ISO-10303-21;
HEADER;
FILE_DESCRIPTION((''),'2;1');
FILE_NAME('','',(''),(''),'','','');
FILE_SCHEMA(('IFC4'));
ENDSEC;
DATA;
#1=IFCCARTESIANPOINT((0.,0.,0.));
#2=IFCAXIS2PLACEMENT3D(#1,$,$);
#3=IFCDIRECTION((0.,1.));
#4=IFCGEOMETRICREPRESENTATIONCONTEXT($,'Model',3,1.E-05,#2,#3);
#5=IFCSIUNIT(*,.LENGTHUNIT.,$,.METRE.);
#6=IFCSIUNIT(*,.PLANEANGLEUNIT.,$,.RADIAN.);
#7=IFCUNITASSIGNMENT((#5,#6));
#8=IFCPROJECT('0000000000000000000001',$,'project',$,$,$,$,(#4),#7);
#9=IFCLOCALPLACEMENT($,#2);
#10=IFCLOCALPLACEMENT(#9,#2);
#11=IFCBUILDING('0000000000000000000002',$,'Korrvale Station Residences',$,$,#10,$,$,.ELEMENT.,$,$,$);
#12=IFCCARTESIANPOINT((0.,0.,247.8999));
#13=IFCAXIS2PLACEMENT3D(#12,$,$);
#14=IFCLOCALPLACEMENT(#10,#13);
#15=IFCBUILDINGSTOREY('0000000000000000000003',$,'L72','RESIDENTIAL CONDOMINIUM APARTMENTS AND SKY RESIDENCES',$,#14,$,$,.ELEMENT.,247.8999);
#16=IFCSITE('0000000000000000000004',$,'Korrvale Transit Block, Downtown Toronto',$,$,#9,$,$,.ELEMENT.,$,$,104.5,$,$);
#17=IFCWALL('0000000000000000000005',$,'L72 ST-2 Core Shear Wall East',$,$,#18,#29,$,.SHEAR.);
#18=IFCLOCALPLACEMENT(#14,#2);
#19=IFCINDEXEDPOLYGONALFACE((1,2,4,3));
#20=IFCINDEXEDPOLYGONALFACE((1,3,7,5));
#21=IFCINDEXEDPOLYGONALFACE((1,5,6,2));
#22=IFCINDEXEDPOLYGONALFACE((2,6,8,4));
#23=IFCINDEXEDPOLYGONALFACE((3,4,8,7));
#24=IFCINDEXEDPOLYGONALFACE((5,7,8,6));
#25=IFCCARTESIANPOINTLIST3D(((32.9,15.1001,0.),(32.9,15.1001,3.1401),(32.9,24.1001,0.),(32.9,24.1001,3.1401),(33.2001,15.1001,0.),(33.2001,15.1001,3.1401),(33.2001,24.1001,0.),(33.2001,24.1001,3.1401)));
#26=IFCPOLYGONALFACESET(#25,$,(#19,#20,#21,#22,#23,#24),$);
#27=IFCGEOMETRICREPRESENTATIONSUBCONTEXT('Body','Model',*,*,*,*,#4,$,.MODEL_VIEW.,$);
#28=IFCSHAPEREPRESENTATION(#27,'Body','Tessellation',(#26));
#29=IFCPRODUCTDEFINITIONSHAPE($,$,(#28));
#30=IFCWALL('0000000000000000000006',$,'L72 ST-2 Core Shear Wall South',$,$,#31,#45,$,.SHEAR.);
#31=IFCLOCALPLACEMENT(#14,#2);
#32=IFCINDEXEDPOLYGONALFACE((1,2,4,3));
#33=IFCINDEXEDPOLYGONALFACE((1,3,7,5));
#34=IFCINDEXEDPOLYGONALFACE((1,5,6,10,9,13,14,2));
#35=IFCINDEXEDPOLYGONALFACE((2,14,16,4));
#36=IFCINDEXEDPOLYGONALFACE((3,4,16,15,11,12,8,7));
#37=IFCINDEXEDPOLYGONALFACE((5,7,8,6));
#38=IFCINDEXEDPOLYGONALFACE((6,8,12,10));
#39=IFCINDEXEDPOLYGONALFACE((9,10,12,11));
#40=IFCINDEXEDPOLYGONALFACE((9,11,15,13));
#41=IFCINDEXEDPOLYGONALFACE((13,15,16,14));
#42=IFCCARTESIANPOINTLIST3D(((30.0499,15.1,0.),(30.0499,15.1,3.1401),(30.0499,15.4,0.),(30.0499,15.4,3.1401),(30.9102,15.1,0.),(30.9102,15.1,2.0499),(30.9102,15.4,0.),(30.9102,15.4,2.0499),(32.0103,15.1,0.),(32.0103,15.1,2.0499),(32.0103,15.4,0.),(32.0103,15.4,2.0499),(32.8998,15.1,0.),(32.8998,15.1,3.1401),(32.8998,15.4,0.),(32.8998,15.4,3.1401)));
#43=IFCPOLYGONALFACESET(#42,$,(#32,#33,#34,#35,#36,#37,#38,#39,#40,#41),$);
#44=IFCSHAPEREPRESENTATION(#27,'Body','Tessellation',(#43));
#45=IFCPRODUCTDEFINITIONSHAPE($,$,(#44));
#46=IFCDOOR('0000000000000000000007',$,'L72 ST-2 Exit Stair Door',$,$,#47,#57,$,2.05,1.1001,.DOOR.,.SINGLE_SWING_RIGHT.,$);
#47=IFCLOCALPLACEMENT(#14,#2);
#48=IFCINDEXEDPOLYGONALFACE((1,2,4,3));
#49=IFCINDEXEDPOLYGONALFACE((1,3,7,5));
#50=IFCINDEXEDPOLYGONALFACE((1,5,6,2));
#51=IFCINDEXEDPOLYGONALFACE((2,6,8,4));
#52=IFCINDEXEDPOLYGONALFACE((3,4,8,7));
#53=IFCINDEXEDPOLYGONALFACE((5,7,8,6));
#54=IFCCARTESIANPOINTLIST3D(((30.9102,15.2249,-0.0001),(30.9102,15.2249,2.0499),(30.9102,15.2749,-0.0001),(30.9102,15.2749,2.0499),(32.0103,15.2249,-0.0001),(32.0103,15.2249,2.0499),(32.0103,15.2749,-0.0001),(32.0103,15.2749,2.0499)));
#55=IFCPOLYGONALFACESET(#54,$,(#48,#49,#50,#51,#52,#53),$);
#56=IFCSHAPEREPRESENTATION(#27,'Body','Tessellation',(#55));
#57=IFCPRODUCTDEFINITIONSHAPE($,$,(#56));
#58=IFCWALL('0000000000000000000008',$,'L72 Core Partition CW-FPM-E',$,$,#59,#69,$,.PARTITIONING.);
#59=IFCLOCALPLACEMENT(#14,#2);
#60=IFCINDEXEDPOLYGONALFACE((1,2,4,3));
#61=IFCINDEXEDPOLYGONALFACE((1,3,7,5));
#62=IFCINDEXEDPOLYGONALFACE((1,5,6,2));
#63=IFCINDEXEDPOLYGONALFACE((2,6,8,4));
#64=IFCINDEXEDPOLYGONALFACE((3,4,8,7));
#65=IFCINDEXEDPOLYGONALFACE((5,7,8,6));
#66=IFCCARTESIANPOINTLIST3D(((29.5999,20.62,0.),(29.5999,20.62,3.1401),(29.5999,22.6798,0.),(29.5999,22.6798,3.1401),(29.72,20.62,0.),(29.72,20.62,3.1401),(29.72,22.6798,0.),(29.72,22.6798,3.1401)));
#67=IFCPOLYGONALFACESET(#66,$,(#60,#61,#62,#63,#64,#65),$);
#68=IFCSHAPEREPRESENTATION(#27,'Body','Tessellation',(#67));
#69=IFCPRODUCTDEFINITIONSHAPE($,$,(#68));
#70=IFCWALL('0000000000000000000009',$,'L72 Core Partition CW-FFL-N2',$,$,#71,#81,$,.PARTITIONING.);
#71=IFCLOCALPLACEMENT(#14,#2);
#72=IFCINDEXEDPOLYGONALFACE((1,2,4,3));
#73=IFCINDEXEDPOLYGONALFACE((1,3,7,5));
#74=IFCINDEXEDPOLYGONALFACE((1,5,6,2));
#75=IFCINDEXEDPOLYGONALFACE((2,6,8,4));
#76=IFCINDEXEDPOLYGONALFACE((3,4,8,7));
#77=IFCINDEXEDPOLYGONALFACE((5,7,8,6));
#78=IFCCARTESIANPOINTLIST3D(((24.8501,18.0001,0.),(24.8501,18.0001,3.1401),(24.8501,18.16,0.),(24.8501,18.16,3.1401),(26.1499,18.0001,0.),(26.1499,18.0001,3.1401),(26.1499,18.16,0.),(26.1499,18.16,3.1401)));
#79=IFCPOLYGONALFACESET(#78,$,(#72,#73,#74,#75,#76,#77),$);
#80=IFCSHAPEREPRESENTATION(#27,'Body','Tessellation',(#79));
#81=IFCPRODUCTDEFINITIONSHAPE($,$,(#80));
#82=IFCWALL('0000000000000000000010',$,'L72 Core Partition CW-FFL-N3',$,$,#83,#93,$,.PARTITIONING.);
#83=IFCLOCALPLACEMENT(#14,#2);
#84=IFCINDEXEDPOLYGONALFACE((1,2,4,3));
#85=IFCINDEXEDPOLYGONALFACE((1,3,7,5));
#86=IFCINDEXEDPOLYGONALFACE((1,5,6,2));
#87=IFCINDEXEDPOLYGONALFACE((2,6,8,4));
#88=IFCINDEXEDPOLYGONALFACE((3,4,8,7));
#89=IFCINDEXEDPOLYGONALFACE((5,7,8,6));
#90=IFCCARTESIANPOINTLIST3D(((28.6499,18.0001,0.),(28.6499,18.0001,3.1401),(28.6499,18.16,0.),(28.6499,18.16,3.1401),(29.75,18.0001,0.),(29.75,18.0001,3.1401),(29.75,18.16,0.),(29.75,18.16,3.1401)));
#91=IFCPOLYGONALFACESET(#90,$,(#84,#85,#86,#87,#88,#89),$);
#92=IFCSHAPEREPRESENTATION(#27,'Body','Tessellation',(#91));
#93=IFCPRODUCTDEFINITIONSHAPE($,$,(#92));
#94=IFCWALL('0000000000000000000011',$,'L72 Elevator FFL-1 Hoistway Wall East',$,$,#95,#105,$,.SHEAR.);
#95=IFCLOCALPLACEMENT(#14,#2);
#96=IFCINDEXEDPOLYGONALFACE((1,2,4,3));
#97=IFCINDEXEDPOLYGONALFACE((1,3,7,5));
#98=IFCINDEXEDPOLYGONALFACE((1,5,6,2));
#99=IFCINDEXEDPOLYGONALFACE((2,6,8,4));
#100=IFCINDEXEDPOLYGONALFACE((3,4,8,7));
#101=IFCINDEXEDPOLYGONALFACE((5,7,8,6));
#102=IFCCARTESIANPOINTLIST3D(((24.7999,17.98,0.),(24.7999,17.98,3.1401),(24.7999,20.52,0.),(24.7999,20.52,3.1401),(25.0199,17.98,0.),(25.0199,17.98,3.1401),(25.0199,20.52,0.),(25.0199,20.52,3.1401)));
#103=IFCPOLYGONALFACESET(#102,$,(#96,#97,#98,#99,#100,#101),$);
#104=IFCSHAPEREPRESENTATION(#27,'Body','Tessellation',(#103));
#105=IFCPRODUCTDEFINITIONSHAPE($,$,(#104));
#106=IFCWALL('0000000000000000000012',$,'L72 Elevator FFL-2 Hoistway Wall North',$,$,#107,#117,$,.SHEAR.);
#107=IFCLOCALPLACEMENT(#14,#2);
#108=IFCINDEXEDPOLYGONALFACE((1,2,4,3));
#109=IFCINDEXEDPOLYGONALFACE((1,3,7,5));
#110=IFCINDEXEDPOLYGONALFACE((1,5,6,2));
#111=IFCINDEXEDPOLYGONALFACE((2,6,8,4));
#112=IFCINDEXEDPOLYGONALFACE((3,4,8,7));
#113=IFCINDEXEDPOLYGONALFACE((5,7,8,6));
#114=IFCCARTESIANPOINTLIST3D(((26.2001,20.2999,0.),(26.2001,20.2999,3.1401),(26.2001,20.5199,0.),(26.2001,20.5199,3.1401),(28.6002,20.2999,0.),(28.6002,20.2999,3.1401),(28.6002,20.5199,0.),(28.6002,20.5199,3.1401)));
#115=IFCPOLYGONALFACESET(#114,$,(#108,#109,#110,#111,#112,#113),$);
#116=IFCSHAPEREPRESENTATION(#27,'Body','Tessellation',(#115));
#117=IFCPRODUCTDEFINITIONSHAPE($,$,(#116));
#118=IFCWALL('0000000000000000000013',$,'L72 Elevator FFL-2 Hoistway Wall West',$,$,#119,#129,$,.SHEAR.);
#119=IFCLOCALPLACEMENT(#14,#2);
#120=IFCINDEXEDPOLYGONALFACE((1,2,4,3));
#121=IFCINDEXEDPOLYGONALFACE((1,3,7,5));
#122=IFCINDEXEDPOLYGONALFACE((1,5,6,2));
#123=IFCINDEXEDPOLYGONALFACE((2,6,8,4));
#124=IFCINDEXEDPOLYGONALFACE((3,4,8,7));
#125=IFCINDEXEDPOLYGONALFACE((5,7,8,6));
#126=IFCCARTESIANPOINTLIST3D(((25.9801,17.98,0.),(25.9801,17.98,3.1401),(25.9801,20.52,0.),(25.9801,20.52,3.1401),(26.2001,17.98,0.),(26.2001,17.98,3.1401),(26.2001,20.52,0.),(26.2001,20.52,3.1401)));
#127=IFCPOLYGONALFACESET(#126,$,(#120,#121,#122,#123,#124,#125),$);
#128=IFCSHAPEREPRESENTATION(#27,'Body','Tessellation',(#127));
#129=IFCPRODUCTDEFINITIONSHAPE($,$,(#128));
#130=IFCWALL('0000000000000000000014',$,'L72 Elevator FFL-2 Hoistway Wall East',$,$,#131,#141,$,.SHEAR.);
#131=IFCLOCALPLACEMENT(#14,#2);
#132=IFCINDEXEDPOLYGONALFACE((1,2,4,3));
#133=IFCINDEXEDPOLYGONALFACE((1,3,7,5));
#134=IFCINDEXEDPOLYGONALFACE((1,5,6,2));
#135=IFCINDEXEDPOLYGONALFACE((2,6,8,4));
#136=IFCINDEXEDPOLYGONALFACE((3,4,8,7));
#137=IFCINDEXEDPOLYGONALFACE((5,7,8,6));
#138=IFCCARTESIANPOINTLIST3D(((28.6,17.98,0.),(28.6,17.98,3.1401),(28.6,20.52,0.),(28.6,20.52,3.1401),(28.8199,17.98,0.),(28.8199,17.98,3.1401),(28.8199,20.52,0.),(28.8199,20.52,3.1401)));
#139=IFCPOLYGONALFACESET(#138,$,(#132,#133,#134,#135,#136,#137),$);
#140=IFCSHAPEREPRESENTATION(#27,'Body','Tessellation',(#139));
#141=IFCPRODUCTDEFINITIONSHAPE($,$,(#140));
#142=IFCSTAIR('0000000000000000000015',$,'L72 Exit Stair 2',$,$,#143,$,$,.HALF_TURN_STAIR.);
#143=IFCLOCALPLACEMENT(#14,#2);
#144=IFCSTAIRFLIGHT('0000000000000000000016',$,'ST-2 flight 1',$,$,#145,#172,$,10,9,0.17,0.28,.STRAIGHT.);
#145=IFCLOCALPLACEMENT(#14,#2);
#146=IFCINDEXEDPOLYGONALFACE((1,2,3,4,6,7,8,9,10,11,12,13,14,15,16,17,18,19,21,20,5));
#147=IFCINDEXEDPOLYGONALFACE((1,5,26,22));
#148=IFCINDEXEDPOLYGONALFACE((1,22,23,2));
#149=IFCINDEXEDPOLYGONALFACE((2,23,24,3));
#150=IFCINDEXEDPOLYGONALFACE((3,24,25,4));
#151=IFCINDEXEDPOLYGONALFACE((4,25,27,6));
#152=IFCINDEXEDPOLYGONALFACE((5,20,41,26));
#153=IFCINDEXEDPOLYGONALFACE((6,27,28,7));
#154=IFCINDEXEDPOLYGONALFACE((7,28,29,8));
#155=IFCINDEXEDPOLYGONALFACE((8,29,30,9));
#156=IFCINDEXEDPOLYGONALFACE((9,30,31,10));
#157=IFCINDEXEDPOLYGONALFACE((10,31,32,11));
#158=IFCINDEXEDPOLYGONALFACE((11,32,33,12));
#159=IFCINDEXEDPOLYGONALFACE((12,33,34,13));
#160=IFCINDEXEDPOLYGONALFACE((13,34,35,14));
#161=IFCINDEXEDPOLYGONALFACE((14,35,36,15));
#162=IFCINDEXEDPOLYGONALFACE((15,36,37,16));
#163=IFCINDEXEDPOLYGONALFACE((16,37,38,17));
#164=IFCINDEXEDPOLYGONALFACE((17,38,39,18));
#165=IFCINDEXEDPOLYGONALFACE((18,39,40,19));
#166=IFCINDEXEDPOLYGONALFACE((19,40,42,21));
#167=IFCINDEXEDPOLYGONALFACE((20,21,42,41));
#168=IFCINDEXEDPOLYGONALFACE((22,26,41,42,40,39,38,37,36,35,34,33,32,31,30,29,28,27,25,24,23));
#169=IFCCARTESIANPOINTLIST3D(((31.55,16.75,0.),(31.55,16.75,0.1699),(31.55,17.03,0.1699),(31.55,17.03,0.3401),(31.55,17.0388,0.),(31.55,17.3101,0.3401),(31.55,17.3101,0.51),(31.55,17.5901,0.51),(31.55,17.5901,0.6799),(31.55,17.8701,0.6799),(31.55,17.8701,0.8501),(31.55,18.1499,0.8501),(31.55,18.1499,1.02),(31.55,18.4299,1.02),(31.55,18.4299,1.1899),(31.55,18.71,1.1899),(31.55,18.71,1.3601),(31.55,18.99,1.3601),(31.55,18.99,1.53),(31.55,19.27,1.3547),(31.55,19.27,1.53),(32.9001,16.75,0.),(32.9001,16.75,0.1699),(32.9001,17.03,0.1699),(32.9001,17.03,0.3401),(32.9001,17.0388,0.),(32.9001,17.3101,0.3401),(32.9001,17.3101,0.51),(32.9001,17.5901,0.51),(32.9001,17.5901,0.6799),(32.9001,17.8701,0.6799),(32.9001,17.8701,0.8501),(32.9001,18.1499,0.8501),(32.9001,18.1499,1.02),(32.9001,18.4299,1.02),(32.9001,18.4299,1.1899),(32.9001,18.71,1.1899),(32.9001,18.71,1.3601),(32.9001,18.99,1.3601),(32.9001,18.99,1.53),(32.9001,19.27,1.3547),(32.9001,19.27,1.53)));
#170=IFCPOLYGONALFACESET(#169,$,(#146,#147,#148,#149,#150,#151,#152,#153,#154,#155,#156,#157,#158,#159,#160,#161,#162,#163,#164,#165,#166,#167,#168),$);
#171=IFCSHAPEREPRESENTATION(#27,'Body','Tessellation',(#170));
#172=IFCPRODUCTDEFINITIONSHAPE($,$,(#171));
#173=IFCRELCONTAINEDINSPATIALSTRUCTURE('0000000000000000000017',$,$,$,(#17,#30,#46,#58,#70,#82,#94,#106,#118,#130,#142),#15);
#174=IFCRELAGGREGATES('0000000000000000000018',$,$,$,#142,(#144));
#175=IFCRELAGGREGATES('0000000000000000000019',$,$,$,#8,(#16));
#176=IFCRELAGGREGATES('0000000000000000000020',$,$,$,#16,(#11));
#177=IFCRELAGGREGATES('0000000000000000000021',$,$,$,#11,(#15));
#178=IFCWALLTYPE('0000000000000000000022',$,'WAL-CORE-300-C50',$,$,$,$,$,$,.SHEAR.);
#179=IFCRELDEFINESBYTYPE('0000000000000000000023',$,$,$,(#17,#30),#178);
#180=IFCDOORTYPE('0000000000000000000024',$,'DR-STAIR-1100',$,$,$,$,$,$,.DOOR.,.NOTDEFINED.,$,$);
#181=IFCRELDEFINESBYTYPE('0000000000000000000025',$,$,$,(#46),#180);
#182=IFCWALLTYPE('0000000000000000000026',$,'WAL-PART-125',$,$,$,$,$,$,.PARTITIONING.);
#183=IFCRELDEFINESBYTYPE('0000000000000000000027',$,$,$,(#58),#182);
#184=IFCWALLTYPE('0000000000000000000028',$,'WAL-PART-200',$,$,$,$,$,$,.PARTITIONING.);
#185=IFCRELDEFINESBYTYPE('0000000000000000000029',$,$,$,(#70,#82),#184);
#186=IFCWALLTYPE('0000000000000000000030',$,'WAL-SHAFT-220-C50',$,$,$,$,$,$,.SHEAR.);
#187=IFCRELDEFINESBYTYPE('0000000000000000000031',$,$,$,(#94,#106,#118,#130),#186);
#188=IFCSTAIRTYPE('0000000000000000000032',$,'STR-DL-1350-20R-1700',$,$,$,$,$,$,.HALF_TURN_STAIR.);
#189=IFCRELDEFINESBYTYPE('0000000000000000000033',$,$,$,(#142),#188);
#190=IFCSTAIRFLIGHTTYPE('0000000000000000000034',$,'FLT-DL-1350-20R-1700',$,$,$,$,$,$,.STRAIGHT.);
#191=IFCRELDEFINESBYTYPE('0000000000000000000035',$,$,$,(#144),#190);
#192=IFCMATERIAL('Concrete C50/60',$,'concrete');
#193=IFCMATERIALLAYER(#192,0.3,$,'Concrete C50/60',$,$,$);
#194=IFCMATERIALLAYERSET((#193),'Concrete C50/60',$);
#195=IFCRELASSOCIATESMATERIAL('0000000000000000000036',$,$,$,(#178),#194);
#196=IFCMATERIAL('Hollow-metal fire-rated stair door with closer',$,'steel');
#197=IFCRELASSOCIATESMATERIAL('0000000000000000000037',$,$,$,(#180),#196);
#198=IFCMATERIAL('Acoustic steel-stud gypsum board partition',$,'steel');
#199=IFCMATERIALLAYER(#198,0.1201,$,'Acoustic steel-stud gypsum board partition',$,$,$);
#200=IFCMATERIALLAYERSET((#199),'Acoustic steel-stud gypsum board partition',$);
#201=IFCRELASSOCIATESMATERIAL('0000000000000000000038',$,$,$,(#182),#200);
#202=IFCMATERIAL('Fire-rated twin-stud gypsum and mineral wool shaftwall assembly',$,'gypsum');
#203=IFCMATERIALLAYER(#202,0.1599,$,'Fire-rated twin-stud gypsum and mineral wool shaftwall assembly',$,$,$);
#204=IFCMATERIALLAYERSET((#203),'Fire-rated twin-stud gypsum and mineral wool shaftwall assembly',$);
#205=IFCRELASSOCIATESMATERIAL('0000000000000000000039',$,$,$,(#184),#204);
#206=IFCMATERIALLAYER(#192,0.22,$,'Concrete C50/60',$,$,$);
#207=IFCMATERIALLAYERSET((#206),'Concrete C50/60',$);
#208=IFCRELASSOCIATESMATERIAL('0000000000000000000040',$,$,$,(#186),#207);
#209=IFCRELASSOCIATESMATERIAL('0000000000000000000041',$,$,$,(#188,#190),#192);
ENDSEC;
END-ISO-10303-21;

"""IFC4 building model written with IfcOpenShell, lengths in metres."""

from ifc_helpers import new_model, si_unit, direction, frame, frame_2d, origin, place, context, subcontext, project, spatial, polyline, rectangle, outline, extrude, material, layer, layer_set, type_object, element, fill, aggregate, save


model = new_model("IFC4")

# Units and contexts
model_context = context("Model", 3, precision=1e-05, world=origin(), true_north=direction((0.0, 1.0)))
body_context = subcontext(model_context, "Body", "Model", "MODEL_VIEW")
ifc_project = project(units=[si_unit("LENGTHUNIT", "METRE"), si_unit("PLANEANGLEUNIT", "RADIAN")], contexts=[model_context])

# Site, building, storey
site_placement = place(None, origin())
site = spatial("IfcSite", under=ifc_project, at=site_placement, Name="Korrvale Transit Block, Downtown Toronto", CompositionType="ELEMENT", RefElevation=104.5)
building_placement = place(site_placement, origin())
building = spatial("IfcBuilding", under=site, at=building_placement, Name="Korrvale Station Residences", CompositionType="ELEMENT")
storey_placement = place(building_placement, frame((0.0, 0.0, 247.8999)))
storey = spatial("IfcBuildingStorey", under=building, at=storey_placement, Name="L72", Description="RESIDENTIAL CONDOMINIUM APARTMENTS AND SKY RESIDENCES", CompositionType="ELEMENT", Elevation=247.8999)

# Wall
ifc_material_1 = material(Name="Concrete C50/60", Category="concrete")
ifc_layer_1 = layer(ifc_material_1, 0.3, Name="Concrete C50/60")
ifc_layer_set_1 = layer_set([ifc_layer_1], Name="Concrete C50/60")
wall_type_1 = type_object("IfcWallType", Name="WAL-CORE-300-C50", PredefinedType="SHEAR", material=ifc_layer_set_1)
wall_1_placement = place(storey_placement, frame((33.05, 15.1001, 0.0), z_axis=(0.0, 0.0, 1.0), x_axis=(0.0, 1.0, 0.0)))
element("IfcWall", 1, at=wall_1_placement, inside=storey, type_object=wall_type_1, Name="L72 ST-2 Core Shear Wall East", PredefinedType="SHEAR", context=body_context, shape_type="SweptSolid", body=[
    extrude(rectangle(XDim=9.0, YDim=0.3, at=frame_2d((4.5, 0.0))), origin(), (0.0, 0.0, 1.0), 3.1401),
])

# Wall, opening, door
wall_2_placement = place(storey_placement, frame((30.05, 15.25, 0.0), z_axis=(0.0, 0.0, 1.0), x_axis=(1.0, 0.0, 0.0)))
wall_2 = element("IfcWall", 2, at=wall_2_placement, inside=storey, type_object=wall_type_1, Name="L72 ST-2 Core Shear Wall South", PredefinedType="SHEAR", context=body_context, shape_type="SweptSolid", body=[
    extrude(rectangle(XDim=2.8499, YDim=0.3, at=frame_2d((1.4248, 0.0))), origin(), (0.0, 0.0, 1.0), 3.1401),
])
opening_1_placement = place(wall_2_placement, frame((0.8601, 0.0, 0.0)))
opening_1 = element("IfcOpeningElement", 3, at=opening_1_placement, cuts=wall_2, PredefinedType="OPENING", context=body_context, shape_type="SweptSolid", body=[
    extrude(rectangle(XDim=1.1001, YDim=2.05, at=frame_2d((0.55, 1.0249))), frame((0.0, 0.1602, 0.0), z_axis=(0.0, -1.0, 0.0), x_axis=(1.0, 0.0, 0.0)), (0.0, 0.0, 1.0), 0.3201),
])
ifc_material_2 = material(Name="Hollow-metal fire-rated stair door with closer", Category="steel")
door_type_1 = type_object("IfcDoorType", Name="DR-STAIR-1100", OperationType="NOTDEFINED", PredefinedType="DOOR", material=ifc_material_2)
door_1_placement = place(opening_1_placement, origin())
door_1 = element("IfcDoor", 4, at=door_1_placement, inside=storey, type_object=door_type_1, Name="L72 ST-2 Exit Stair Door", OperationType="SINGLE_SWING_RIGHT", OverallHeight=2.05, OverallWidth=1.1001, PredefinedType="DOOR", context=body_context, shape_type="SweptSolid", body=[
    extrude(rectangle(XDim=1.1001, YDim=2.05, at=frame_2d((0.55, 1.0249))), frame((0.0, 0.0249, 0.0), z_axis=(0.0, -1.0, 0.0), x_axis=(1.0, 0.0, 0.0)), (0.0, 0.0, 1.0), 0.05),
])
fill(opening_1, door_1)

# Walls
ifc_material_3 = material(Name="Acoustic steel-stud gypsum board partition", Category="steel")
ifc_layer_2 = layer(ifc_material_3, 0.1201, Name="Acoustic steel-stud gypsum board partition")
ifc_layer_set_2 = layer_set([ifc_layer_2], Name="Acoustic steel-stud gypsum board partition")
wall_type_2 = type_object("IfcWallType", Name="WAL-PART-125", PredefinedType="PARTITIONING", material=ifc_layer_set_2)
wall_3_placement = place(storey_placement, frame((29.6599, 20.6201, 0.0), z_axis=(0.0, 0.0, 1.0), x_axis=(0.0, 1.0, 0.0)))
element("IfcWall", 5, at=wall_3_placement, inside=storey, type_object=wall_type_2, Name="L72 Core Partition CW-FPM-E", PredefinedType="PARTITIONING", context=body_context, shape_type="SweptSolid", body=[
    extrude(rectangle(XDim=2.0598, YDim=0.1201, at=frame_2d((1.0298, 0.0))), origin(), (0.0, 0.0, 1.0), 3.1401),
])
ifc_material_4 = material(Name="Fire-rated twin-stud gypsum and mineral wool shaftwall assembly", Category="gypsum")
ifc_layer_3 = layer(ifc_material_4, 0.1599, Name="Fire-rated twin-stud gypsum and mineral wool shaftwall assembly")
ifc_layer_set_3 = layer_set([ifc_layer_3], Name="Fire-rated twin-stud gypsum and mineral wool shaftwall assembly")
wall_type_3 = type_object("IfcWallType", Name="WAL-PART-200", PredefinedType="PARTITIONING", material=ifc_layer_set_3)
wall_4_placement = place(storey_placement, frame((24.8501, 18.0801, 0.0), z_axis=(0.0, 0.0, 1.0), x_axis=(1.0, 0.0, 0.0)))
element("IfcWall", 6, at=wall_4_placement, inside=storey, type_object=wall_type_3, Name="L72 Core Partition CW-FFL-N2", PredefinedType="PARTITIONING", context=body_context, shape_type="SweptSolid", body=[
    extrude(rectangle(XDim=1.2998, YDim=0.1599, at=frame_2d((0.6499, 0.0))), origin(), (0.0, 0.0, 1.0), 3.1401),
])
wall_5_placement = place(storey_placement, frame((28.6499, 18.0801, 0.0), z_axis=(0.0, 0.0, 1.0), x_axis=(1.0, 0.0, 0.0)))
element("IfcWall", 7, at=wall_5_placement, inside=storey, type_object=wall_type_3, Name="L72 Core Partition CW-FFL-N3", PredefinedType="PARTITIONING", context=body_context, shape_type="SweptSolid", body=[
    extrude(rectangle(XDim=1.1001, YDim=0.1599, at=frame_2d((0.55, 0.0))), origin(), (0.0, 0.0, 1.0), 3.1401),
])
ifc_layer_4 = layer(ifc_material_1, 0.22, Name="Concrete C50/60")
ifc_layer_set_4 = layer_set([ifc_layer_4], Name="Concrete C50/60")
wall_type_4 = type_object("IfcWallType", Name="WAL-SHAFT-220-C50", PredefinedType="SHEAR", material=ifc_layer_set_4)
wall_6_placement = place(storey_placement, frame((24.9099, 17.98, 0.0), z_axis=(0.0, 0.0, 1.0), x_axis=(0.0, 1.0, 0.0)))
element("IfcWall", 8, at=wall_6_placement, inside=storey, type_object=wall_type_4, Name="L72 Elevator FFL-1 Hoistway Wall East", PredefinedType="SHEAR", context=body_context, shape_type="SweptSolid", body=[
    extrude(rectangle(XDim=2.54, YDim=0.22, at=frame_2d((1.27, 0.0))), origin(), (0.0, 0.0, 1.0), 3.1401),
])

# Walls
wall_7_placement = place(storey_placement, frame((26.2, 20.4099, 0.0), z_axis=(0.0, 0.0, 1.0), x_axis=(1.0, 0.0, 0.0)))
element("IfcWall", 9, at=wall_7_placement, inside=storey, type_object=wall_type_4, Name="L72 Elevator FFL-2 Hoistway Wall North", PredefinedType="SHEAR", context=body_context, shape_type="SweptSolid", body=[
    extrude(rectangle(XDim=2.4001, YDim=0.22, at=frame_2d((1.2002, 0.0))), origin(), (0.0, 0.0, 1.0), 3.1401),
])
for number, where, z_axis, x_axis, name in (
    (10, (26.0901, 17.98, 0.0), (0.0, 0.0, 1.0), (0.0, 1.0, 0.0), "L72 Elevator FFL-2 Hoistway Wall West"),
    (11, (28.71, 17.98, 0.0), (0.0, 0.0, 1.0), (0.0, 1.0, 0.0), "L72 Elevator FFL-2 Hoistway Wall East"),
):
    element("IfcWall", number, at=place(storey_placement, frame(where, z_axis=z_axis, x_axis=x_axis)), inside=storey, type_object=wall_type_4, Name=name, PredefinedType="SHEAR", context=body_context, shape_type="SweptSolid", body=[
        extrude(rectangle(XDim=2.54, YDim=0.22, at=frame_2d((1.27, 0.0))), origin(), (0.0, 0.0, 1.0), 3.1401),
    ])

# Stair, stair flight
stair_type = type_object("IfcStairType", Name="STR-DL-1350-20R-1700", PredefinedType="HALF_TURN_STAIR", material=ifc_material_1)
stair_placement = place(storey_placement, origin())
stair = element("IfcStair", 12, at=stair_placement, inside=storey, type_object=stair_type, Name="L72 Exit Stair 2", PredefinedType="HALF_TURN_STAIR")
stair_flight_type = type_object("IfcStairFlightType", Name="FLT-DL-1350-20R-1700", PredefinedType="STRAIGHT", material=ifc_material_1)
stair_flight_1_placement = place(storey_placement, frame((32.2251, 16.75, 0.0), z_axis=(0.0, 0.0, 1.0), x_axis=(0.0, 1.0, 0.0)))
stair_flight_1 = element("IfcStairFlight", 13, at=stair_flight_1_placement, type_object=stair_flight_type, Name="ST-2 flight 1", NumberOfRisers=10, NumberOfTreads=9, PredefinedType="STRAIGHT", RiserHeight=0.17, TreadLength=0.28, context=body_context, shape_type="SweptSolid", body=[
    extrude(outline(polyline([(0.0, 0.0), (0.0, 0.1699), (0.28, 0.1699), (0.28, 0.3401), (0.5601, 0.3401), (0.5601, 0.51), (0.8401, 0.51), (0.8401, 0.6799), (1.1201, 0.6799), (1.1201, 0.8501), (1.3999, 0.8501), (1.3999, 1.02), (1.6799, 1.02), (1.6799, 1.1899), (1.96, 1.1899), (1.96, 1.3601), (2.24, 1.3601), (2.24, 1.53), (2.52, 1.53), (2.52, 1.7), (2.52, 1.3547), (0.2888, 0.0), (0.0, 0.0)])), frame((0.0, 0.675, 0.0), z_axis=(0.0, -1.0, 0.0), x_axis=(1.0, 0.0, 0.0)), (0.0, 0.0, 1.0), 1.3501),
])
aggregate(stair, [stair_flight_1])

save(model, "model.ifc")
